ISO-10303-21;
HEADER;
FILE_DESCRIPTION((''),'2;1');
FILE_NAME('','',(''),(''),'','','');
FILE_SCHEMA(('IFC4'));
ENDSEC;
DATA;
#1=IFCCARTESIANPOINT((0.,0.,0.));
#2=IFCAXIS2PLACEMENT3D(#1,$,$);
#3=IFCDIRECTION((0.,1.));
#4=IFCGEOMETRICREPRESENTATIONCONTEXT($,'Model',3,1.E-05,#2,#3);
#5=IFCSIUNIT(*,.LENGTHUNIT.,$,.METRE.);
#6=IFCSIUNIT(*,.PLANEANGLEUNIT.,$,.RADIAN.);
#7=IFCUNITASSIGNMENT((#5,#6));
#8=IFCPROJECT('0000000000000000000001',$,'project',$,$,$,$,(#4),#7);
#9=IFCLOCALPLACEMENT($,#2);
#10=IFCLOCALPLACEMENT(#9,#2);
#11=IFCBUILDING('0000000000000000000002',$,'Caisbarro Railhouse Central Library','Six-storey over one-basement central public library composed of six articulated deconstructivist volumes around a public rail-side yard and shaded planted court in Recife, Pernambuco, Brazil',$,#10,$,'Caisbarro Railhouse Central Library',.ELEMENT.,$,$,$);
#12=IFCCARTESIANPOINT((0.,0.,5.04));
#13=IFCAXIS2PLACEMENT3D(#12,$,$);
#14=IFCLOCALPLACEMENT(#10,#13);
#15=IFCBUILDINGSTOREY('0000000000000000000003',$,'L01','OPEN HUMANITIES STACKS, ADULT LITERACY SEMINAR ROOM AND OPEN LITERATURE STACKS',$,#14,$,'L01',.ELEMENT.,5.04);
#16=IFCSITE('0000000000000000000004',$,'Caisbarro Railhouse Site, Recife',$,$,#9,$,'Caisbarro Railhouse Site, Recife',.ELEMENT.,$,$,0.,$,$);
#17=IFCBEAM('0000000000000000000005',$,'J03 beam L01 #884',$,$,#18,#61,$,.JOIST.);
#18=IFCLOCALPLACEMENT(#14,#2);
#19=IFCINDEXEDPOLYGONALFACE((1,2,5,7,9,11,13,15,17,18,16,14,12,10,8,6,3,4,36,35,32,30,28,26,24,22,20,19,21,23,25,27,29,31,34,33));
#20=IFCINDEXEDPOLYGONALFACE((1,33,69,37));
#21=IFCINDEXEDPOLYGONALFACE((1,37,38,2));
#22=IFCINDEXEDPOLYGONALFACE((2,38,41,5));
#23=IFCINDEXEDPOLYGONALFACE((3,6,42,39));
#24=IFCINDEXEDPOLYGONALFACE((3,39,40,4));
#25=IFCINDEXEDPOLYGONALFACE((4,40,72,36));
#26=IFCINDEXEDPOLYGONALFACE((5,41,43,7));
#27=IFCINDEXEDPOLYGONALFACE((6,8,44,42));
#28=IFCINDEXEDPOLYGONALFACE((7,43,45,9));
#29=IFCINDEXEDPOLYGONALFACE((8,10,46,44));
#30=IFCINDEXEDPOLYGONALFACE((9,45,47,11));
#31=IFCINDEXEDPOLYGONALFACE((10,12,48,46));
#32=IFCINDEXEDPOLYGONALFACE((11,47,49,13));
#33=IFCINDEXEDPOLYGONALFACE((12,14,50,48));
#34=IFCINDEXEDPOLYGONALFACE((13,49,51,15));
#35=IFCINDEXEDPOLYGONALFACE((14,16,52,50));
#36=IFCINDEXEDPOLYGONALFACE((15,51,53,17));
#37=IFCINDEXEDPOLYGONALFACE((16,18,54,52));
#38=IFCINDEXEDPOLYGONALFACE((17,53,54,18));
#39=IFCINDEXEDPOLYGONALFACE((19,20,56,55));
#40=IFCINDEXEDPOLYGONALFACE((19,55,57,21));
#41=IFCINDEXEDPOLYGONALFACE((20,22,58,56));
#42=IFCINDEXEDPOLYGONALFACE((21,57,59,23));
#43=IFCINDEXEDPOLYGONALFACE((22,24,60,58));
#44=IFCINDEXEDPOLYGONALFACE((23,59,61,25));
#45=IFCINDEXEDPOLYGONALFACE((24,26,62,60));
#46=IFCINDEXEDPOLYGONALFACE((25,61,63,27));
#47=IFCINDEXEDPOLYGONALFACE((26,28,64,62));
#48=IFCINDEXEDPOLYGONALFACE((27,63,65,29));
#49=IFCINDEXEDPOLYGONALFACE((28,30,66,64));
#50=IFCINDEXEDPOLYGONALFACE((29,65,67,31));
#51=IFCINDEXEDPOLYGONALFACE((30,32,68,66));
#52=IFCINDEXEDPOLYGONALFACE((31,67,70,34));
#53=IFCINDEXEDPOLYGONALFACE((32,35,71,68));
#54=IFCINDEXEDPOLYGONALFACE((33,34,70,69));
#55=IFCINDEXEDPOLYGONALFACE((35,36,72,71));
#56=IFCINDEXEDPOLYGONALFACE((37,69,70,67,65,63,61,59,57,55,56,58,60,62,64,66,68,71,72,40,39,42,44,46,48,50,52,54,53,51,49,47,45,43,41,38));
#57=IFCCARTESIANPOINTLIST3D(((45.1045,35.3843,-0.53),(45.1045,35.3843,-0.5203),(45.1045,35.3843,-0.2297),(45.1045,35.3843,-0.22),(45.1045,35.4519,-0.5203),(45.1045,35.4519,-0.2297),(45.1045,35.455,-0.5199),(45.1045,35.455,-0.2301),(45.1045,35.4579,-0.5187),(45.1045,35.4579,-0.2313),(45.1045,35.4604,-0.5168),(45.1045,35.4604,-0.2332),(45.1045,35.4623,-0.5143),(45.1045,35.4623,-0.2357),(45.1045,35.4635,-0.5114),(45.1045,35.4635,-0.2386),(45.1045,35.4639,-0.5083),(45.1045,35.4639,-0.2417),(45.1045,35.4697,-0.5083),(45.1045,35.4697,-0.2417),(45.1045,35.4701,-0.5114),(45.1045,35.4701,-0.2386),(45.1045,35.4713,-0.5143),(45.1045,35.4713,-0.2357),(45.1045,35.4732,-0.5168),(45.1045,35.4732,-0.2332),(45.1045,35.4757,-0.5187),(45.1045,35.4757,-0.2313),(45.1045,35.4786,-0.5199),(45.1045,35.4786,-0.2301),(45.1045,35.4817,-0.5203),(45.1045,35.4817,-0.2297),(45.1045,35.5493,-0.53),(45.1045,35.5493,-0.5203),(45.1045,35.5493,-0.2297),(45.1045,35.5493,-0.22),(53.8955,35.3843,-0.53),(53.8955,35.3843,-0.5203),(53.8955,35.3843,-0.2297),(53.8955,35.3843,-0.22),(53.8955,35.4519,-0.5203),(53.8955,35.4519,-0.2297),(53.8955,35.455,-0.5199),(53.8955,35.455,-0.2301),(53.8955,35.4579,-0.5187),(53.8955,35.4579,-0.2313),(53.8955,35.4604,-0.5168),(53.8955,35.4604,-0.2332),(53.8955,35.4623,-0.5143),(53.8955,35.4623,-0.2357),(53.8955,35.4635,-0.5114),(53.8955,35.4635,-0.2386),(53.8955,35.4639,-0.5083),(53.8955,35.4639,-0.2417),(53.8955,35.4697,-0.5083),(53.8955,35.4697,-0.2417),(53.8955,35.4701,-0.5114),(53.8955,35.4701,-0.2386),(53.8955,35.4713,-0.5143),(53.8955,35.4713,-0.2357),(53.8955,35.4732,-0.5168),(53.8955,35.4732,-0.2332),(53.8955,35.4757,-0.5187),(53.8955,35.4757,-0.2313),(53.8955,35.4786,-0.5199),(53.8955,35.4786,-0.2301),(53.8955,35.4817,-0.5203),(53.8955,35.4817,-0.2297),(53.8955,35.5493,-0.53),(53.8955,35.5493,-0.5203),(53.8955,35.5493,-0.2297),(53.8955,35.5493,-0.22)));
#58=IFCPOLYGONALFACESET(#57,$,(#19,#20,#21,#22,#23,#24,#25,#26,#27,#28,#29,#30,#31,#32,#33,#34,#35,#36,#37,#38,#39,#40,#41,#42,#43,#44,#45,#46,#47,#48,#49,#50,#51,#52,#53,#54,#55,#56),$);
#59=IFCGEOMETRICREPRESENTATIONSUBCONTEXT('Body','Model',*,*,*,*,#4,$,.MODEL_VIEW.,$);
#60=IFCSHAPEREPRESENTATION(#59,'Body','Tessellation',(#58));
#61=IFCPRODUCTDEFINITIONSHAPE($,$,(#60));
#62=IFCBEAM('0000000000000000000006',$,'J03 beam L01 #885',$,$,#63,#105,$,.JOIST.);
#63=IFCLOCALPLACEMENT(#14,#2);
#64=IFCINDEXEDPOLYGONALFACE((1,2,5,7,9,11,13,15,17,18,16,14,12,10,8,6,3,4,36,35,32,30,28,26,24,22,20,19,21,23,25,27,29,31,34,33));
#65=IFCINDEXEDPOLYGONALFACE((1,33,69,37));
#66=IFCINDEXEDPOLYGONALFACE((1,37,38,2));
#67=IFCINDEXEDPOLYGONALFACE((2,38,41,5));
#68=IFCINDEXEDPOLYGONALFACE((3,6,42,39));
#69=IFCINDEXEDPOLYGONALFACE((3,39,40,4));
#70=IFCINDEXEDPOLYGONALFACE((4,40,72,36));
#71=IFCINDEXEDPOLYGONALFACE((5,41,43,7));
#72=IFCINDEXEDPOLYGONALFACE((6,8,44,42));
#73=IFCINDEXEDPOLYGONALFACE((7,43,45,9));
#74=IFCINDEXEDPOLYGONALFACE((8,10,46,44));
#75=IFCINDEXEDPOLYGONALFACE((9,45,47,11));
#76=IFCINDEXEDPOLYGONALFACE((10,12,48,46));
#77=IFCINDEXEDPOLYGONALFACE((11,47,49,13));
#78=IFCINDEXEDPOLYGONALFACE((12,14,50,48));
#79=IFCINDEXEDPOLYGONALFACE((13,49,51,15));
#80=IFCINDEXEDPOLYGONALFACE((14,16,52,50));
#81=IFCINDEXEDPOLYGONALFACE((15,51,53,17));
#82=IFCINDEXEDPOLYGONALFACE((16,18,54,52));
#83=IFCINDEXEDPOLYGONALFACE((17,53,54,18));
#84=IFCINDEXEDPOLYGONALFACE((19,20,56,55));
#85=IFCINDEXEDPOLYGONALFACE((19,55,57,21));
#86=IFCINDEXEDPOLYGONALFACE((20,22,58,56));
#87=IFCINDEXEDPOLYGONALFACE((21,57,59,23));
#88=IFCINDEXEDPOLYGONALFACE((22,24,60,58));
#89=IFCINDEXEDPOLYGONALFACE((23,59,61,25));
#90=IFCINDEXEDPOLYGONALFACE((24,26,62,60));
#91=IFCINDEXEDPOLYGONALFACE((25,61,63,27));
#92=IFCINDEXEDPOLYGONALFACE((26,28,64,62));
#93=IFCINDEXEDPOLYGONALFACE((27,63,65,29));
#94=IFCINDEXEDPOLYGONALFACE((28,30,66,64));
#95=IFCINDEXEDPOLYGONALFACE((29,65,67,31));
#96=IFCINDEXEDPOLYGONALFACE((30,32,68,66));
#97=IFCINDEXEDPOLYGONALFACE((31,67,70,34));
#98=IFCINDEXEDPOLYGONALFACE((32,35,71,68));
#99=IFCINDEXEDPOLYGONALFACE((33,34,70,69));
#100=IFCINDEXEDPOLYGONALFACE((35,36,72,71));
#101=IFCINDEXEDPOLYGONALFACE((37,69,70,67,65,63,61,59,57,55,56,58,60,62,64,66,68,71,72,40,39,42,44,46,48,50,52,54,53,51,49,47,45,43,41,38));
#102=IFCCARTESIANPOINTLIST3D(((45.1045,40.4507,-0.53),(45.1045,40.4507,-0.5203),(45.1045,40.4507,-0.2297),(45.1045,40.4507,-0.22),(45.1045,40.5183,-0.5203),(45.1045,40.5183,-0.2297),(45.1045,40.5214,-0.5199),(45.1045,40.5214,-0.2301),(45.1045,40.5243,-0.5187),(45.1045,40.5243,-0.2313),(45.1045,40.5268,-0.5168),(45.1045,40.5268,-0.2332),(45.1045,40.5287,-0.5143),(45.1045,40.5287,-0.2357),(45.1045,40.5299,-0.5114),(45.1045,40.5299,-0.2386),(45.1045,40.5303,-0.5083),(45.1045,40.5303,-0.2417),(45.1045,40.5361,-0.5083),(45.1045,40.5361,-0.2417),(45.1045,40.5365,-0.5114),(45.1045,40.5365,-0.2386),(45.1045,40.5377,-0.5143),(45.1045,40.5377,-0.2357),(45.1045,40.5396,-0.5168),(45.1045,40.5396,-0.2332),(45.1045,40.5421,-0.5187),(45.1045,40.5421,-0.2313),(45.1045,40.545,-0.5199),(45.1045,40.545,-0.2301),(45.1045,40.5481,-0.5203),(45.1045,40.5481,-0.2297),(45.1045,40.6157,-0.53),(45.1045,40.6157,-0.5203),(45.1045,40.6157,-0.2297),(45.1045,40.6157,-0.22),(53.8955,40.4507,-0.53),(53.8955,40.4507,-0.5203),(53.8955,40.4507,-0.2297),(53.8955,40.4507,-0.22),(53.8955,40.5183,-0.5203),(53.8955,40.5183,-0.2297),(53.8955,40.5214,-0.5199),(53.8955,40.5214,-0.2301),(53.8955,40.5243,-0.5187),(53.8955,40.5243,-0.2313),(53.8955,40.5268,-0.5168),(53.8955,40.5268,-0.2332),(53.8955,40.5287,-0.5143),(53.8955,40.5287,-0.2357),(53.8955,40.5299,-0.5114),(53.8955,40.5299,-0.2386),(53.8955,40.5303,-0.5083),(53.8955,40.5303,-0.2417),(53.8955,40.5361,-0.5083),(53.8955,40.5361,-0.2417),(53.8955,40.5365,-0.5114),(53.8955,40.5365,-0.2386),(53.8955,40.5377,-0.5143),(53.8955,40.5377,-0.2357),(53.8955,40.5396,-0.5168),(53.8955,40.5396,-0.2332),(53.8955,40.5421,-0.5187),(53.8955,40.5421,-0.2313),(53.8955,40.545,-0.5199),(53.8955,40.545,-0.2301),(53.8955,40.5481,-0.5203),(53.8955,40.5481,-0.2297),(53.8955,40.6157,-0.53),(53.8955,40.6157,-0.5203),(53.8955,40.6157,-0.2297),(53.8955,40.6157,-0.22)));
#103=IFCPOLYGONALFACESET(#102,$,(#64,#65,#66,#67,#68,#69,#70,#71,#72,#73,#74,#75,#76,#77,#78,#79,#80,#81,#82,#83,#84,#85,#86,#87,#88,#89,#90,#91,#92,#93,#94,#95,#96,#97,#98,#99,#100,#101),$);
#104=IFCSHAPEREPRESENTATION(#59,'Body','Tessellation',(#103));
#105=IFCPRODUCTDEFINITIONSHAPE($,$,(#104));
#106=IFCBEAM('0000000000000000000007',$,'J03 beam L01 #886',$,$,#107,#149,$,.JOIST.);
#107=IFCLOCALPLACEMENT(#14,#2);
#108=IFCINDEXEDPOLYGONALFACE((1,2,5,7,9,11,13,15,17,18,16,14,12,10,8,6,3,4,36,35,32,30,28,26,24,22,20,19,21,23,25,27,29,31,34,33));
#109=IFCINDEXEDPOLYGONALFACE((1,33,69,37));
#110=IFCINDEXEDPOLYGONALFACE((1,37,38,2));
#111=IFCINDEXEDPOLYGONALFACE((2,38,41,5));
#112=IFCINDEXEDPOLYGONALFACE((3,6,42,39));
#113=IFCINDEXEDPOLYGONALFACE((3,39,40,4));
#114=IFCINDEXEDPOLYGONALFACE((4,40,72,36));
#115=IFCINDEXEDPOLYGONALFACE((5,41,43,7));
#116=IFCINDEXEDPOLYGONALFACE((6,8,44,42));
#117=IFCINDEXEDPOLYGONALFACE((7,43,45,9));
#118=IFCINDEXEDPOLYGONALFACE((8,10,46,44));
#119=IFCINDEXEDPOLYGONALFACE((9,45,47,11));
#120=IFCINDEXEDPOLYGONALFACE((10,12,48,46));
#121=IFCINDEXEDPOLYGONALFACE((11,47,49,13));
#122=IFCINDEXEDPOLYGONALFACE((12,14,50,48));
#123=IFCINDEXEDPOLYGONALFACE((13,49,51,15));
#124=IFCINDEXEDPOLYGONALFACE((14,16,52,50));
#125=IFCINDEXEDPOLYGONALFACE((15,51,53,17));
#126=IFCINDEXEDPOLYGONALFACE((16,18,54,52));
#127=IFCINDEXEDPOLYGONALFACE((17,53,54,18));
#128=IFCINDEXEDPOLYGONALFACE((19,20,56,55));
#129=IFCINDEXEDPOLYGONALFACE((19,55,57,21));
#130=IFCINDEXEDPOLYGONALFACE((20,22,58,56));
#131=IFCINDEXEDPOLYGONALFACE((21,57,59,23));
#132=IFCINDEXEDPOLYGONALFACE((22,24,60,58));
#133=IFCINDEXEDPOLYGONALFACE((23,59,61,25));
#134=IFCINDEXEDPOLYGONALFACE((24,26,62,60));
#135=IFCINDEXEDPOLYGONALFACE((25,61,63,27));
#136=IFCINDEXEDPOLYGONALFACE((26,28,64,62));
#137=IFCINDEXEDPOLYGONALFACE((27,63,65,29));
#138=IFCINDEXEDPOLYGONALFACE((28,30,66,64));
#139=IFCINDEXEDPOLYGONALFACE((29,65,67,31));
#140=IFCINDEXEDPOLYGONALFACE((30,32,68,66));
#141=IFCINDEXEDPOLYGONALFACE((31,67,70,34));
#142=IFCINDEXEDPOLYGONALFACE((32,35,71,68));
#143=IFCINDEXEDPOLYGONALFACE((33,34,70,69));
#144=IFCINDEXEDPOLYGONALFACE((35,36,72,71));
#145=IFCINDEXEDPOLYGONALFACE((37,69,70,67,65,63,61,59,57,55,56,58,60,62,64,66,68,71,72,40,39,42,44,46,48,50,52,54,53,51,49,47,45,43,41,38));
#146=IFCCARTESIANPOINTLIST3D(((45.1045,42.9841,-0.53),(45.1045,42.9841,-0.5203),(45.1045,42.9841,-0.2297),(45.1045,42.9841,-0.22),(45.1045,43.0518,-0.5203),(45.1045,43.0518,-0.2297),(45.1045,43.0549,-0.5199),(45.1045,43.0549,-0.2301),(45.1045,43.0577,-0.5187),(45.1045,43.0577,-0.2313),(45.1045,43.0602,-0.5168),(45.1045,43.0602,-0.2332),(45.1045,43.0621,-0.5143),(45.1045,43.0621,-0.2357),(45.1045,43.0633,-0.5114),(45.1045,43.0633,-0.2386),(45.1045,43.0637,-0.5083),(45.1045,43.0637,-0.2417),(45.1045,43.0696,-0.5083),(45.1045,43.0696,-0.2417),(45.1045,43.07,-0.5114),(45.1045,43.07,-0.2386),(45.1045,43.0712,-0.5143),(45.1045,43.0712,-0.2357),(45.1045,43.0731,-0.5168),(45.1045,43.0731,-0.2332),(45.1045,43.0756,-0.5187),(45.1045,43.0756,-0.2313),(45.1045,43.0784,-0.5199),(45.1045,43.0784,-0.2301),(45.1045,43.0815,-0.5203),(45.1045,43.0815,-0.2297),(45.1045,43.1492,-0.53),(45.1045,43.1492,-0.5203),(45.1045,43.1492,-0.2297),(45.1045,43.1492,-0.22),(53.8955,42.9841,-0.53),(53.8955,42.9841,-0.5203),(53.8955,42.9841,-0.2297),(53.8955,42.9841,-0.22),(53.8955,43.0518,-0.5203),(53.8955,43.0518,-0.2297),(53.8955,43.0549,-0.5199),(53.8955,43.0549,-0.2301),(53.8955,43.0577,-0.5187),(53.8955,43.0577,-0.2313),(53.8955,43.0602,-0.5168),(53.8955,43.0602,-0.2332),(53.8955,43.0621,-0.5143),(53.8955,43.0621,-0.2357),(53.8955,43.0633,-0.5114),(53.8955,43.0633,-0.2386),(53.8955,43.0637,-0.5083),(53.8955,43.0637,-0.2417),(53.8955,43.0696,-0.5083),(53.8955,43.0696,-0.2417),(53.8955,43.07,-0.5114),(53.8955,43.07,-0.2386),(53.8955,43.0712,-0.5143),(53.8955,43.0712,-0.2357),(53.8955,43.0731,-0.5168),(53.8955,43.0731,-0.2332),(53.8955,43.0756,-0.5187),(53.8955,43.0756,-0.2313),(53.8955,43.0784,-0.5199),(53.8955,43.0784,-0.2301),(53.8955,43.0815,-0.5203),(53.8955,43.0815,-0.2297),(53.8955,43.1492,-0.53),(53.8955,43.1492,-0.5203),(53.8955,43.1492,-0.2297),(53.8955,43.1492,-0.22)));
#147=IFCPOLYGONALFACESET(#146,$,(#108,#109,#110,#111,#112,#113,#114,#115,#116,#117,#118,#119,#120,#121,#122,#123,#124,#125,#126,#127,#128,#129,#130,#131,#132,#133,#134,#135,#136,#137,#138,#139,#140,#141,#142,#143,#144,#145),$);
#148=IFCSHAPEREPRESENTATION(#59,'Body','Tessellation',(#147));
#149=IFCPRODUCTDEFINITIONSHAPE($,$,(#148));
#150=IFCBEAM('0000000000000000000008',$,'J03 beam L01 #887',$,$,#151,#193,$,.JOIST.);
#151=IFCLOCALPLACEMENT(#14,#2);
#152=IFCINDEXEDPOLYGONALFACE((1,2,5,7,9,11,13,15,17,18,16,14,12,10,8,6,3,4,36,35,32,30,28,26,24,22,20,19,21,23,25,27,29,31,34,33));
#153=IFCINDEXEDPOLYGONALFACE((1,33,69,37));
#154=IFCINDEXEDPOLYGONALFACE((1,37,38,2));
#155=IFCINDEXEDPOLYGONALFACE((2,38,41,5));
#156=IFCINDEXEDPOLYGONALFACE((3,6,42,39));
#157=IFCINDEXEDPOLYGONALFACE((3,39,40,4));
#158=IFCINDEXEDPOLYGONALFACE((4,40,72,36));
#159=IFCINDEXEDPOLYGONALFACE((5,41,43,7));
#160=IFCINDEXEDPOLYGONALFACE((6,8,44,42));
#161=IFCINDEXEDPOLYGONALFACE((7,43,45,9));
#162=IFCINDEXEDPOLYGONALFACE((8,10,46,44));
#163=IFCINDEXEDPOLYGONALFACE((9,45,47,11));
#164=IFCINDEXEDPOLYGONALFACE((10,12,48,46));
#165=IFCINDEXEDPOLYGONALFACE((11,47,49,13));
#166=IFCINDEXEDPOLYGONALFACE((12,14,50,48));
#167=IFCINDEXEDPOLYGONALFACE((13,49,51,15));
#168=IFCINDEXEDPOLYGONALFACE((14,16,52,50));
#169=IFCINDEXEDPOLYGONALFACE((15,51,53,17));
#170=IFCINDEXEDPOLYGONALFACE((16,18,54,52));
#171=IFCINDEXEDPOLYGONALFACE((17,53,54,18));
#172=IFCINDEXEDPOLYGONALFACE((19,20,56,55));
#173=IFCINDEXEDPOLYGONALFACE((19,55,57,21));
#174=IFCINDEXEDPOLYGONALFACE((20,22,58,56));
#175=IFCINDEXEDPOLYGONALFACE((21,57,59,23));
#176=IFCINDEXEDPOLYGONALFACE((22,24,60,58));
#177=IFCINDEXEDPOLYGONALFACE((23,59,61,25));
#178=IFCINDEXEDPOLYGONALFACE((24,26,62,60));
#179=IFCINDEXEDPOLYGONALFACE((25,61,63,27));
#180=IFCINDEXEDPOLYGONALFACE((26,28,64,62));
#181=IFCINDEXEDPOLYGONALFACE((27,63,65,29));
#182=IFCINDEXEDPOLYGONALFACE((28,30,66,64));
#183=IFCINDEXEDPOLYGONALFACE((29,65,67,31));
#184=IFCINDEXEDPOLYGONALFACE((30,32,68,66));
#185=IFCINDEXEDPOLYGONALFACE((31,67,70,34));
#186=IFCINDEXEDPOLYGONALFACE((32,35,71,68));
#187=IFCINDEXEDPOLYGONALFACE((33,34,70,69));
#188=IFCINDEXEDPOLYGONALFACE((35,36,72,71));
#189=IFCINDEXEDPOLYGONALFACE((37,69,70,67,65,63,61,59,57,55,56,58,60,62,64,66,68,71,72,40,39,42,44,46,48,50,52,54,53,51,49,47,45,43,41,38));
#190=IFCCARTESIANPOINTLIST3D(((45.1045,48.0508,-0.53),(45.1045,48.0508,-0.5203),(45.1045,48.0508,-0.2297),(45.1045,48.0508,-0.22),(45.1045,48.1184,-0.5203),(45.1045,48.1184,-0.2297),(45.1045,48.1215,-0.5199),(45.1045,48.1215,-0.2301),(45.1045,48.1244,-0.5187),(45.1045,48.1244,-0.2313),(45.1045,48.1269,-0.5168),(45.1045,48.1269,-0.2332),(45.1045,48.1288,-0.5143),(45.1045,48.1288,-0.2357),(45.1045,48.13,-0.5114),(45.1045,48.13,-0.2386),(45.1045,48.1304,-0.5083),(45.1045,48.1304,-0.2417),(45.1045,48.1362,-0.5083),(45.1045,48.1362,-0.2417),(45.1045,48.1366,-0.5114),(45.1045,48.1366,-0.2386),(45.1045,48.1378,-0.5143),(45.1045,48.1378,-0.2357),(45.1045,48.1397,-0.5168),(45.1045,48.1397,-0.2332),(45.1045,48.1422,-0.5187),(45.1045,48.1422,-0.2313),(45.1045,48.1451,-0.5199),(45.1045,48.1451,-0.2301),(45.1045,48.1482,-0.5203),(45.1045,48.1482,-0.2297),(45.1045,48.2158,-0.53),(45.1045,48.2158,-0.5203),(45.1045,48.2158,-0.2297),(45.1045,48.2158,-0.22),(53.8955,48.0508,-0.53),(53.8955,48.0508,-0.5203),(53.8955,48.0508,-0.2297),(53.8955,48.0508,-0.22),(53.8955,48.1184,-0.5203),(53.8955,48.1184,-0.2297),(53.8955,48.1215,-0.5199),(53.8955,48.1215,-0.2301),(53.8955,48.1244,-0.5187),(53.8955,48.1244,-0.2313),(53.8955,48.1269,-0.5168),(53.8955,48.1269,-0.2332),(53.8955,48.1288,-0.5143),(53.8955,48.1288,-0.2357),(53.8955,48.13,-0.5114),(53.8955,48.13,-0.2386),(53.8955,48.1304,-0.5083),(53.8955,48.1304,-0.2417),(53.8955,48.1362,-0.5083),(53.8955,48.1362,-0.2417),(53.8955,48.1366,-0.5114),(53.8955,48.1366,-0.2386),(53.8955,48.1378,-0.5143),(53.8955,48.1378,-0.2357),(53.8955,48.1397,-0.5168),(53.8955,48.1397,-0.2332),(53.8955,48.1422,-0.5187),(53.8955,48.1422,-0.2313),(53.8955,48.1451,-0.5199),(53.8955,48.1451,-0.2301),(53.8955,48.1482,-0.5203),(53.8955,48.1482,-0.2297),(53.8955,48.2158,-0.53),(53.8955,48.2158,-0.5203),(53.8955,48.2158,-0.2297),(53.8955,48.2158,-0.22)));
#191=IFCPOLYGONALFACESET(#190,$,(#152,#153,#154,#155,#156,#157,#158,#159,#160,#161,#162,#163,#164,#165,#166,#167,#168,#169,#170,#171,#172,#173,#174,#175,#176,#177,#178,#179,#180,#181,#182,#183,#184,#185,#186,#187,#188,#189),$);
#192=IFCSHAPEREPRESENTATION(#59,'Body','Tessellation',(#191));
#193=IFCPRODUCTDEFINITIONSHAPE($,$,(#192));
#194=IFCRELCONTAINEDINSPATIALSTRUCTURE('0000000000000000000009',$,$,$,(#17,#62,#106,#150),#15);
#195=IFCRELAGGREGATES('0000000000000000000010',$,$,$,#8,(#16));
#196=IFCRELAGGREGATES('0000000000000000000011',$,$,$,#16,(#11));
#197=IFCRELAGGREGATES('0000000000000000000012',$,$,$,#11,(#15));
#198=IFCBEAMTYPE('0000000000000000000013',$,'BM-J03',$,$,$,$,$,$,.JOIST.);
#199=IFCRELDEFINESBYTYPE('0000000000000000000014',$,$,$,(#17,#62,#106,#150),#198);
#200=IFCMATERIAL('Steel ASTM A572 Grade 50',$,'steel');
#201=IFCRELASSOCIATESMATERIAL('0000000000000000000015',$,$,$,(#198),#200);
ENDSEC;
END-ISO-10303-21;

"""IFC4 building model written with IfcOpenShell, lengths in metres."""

from ifc_helpers import new_model, si_unit, direction, frame, origin, origin_2d, place, context, subcontext, project, spatial, i_section, extrude, material, material_profile, profile_set, type_object, element, save


model = new_model("IFC4")

# Units and contexts
model_context = context("Model", 3, precision=1e-05, world=origin(), true_north=direction((0.0, 1.0)))
body_context = subcontext(model_context, "Body", "Model", "MODEL_VIEW")
ifc_project = project(units=[si_unit("LENGTHUNIT", "METRE"), si_unit("PLANEANGLEUNIT", "RADIAN")], contexts=[model_context])

# Site, building, storey
site_placement = place(None, origin())
site = spatial("IfcSite", under=ifc_project, at=site_placement, Name="Caisbarro Railhouse Site, Recife", LongName="Caisbarro Railhouse Site, Recife", CompositionType="ELEMENT", RefElevation=0.0)
building_placement = place(site_placement, origin())
building = spatial("IfcBuilding", under=site, at=building_placement, Name="Caisbarro Railhouse Central Library", Description="Six-storey over one-basement central public library composed of six articulated deconstructivist volumes around a public rail-side yard and shaded planted court in Recife, Pernambuco, Brazil", LongName="Caisbarro Railhouse Central Library", CompositionType="ELEMENT")
storey_placement = place(building_placement, frame((0.0, 0.0, 5.04)))
storey = spatial("IfcBuildingStorey", under=building, at=storey_placement, Name="L01", Description="OPEN HUMANITIES STACKS, ADULT LITERACY SEMINAR ROOM AND OPEN LITERATURE STACKS", LongName="L01", CompositionType="ELEMENT", Elevation=5.04)

# Beams
ifc_material_1 = material(Name="Steel ASTM A572 Grade 50", Category="steel")
ifc_material_profile_1 = material_profile(ifc_material_1, i_section(OverallWidth=0.165, OverallDepth=0.3101, WebThickness=0.0059, FlangeThickness=0.0098, FilletRadius=0.012, at=origin_2d()), Name="W310X38.7")
ifc_profile_set_1 = profile_set([ifc_material_profile_1], Name="Steel ASTM A572 Grade 50")
beam_type = type_object("IfcBeamType", Name="BM-J03", PredefinedType="JOIST", material=ifc_profile_set_1)
for number, where, z_axis, x_axis, name in (
    (1, (45.1045, 35.4668, -0.375), (1.0, 0.0, 0.0), (0.0, 1.0, 0.0), "J03 beam L01 #884"),
    (2, (45.1045, 40.5332, -0.375), (1.0, 0.0, 0.0), (0.0, 1.0, 0.0), "J03 beam L01 #885"),
    (3, (45.1045, 43.0667, -0.375), (1.0, 0.0, 0.0), (0.0, 1.0, 0.0), "J03 beam L01 #886"),
    (4, (45.1045, 48.1333, -0.375), (1.0, 0.0, 0.0), (0.0, 1.0, 0.0), "J03 beam L01 #887"),
):
    element("IfcBeam", number, at=place(storey_placement, frame(where, z_axis=z_axis, x_axis=x_axis)), inside=storey, type_object=beam_type, Name=name, PredefinedType="JOIST", context=body_context, shape_type="SweptSolid", body=[
        extrude(i_section(OverallWidth=0.165, OverallDepth=0.3101, WebThickness=0.0059, FlangeThickness=0.0098, FilletRadius=0.012, at=origin_2d()), origin(), (0.0, 0.0, 1.0), 8.791),
    ])

save(model, "model.ifc")
